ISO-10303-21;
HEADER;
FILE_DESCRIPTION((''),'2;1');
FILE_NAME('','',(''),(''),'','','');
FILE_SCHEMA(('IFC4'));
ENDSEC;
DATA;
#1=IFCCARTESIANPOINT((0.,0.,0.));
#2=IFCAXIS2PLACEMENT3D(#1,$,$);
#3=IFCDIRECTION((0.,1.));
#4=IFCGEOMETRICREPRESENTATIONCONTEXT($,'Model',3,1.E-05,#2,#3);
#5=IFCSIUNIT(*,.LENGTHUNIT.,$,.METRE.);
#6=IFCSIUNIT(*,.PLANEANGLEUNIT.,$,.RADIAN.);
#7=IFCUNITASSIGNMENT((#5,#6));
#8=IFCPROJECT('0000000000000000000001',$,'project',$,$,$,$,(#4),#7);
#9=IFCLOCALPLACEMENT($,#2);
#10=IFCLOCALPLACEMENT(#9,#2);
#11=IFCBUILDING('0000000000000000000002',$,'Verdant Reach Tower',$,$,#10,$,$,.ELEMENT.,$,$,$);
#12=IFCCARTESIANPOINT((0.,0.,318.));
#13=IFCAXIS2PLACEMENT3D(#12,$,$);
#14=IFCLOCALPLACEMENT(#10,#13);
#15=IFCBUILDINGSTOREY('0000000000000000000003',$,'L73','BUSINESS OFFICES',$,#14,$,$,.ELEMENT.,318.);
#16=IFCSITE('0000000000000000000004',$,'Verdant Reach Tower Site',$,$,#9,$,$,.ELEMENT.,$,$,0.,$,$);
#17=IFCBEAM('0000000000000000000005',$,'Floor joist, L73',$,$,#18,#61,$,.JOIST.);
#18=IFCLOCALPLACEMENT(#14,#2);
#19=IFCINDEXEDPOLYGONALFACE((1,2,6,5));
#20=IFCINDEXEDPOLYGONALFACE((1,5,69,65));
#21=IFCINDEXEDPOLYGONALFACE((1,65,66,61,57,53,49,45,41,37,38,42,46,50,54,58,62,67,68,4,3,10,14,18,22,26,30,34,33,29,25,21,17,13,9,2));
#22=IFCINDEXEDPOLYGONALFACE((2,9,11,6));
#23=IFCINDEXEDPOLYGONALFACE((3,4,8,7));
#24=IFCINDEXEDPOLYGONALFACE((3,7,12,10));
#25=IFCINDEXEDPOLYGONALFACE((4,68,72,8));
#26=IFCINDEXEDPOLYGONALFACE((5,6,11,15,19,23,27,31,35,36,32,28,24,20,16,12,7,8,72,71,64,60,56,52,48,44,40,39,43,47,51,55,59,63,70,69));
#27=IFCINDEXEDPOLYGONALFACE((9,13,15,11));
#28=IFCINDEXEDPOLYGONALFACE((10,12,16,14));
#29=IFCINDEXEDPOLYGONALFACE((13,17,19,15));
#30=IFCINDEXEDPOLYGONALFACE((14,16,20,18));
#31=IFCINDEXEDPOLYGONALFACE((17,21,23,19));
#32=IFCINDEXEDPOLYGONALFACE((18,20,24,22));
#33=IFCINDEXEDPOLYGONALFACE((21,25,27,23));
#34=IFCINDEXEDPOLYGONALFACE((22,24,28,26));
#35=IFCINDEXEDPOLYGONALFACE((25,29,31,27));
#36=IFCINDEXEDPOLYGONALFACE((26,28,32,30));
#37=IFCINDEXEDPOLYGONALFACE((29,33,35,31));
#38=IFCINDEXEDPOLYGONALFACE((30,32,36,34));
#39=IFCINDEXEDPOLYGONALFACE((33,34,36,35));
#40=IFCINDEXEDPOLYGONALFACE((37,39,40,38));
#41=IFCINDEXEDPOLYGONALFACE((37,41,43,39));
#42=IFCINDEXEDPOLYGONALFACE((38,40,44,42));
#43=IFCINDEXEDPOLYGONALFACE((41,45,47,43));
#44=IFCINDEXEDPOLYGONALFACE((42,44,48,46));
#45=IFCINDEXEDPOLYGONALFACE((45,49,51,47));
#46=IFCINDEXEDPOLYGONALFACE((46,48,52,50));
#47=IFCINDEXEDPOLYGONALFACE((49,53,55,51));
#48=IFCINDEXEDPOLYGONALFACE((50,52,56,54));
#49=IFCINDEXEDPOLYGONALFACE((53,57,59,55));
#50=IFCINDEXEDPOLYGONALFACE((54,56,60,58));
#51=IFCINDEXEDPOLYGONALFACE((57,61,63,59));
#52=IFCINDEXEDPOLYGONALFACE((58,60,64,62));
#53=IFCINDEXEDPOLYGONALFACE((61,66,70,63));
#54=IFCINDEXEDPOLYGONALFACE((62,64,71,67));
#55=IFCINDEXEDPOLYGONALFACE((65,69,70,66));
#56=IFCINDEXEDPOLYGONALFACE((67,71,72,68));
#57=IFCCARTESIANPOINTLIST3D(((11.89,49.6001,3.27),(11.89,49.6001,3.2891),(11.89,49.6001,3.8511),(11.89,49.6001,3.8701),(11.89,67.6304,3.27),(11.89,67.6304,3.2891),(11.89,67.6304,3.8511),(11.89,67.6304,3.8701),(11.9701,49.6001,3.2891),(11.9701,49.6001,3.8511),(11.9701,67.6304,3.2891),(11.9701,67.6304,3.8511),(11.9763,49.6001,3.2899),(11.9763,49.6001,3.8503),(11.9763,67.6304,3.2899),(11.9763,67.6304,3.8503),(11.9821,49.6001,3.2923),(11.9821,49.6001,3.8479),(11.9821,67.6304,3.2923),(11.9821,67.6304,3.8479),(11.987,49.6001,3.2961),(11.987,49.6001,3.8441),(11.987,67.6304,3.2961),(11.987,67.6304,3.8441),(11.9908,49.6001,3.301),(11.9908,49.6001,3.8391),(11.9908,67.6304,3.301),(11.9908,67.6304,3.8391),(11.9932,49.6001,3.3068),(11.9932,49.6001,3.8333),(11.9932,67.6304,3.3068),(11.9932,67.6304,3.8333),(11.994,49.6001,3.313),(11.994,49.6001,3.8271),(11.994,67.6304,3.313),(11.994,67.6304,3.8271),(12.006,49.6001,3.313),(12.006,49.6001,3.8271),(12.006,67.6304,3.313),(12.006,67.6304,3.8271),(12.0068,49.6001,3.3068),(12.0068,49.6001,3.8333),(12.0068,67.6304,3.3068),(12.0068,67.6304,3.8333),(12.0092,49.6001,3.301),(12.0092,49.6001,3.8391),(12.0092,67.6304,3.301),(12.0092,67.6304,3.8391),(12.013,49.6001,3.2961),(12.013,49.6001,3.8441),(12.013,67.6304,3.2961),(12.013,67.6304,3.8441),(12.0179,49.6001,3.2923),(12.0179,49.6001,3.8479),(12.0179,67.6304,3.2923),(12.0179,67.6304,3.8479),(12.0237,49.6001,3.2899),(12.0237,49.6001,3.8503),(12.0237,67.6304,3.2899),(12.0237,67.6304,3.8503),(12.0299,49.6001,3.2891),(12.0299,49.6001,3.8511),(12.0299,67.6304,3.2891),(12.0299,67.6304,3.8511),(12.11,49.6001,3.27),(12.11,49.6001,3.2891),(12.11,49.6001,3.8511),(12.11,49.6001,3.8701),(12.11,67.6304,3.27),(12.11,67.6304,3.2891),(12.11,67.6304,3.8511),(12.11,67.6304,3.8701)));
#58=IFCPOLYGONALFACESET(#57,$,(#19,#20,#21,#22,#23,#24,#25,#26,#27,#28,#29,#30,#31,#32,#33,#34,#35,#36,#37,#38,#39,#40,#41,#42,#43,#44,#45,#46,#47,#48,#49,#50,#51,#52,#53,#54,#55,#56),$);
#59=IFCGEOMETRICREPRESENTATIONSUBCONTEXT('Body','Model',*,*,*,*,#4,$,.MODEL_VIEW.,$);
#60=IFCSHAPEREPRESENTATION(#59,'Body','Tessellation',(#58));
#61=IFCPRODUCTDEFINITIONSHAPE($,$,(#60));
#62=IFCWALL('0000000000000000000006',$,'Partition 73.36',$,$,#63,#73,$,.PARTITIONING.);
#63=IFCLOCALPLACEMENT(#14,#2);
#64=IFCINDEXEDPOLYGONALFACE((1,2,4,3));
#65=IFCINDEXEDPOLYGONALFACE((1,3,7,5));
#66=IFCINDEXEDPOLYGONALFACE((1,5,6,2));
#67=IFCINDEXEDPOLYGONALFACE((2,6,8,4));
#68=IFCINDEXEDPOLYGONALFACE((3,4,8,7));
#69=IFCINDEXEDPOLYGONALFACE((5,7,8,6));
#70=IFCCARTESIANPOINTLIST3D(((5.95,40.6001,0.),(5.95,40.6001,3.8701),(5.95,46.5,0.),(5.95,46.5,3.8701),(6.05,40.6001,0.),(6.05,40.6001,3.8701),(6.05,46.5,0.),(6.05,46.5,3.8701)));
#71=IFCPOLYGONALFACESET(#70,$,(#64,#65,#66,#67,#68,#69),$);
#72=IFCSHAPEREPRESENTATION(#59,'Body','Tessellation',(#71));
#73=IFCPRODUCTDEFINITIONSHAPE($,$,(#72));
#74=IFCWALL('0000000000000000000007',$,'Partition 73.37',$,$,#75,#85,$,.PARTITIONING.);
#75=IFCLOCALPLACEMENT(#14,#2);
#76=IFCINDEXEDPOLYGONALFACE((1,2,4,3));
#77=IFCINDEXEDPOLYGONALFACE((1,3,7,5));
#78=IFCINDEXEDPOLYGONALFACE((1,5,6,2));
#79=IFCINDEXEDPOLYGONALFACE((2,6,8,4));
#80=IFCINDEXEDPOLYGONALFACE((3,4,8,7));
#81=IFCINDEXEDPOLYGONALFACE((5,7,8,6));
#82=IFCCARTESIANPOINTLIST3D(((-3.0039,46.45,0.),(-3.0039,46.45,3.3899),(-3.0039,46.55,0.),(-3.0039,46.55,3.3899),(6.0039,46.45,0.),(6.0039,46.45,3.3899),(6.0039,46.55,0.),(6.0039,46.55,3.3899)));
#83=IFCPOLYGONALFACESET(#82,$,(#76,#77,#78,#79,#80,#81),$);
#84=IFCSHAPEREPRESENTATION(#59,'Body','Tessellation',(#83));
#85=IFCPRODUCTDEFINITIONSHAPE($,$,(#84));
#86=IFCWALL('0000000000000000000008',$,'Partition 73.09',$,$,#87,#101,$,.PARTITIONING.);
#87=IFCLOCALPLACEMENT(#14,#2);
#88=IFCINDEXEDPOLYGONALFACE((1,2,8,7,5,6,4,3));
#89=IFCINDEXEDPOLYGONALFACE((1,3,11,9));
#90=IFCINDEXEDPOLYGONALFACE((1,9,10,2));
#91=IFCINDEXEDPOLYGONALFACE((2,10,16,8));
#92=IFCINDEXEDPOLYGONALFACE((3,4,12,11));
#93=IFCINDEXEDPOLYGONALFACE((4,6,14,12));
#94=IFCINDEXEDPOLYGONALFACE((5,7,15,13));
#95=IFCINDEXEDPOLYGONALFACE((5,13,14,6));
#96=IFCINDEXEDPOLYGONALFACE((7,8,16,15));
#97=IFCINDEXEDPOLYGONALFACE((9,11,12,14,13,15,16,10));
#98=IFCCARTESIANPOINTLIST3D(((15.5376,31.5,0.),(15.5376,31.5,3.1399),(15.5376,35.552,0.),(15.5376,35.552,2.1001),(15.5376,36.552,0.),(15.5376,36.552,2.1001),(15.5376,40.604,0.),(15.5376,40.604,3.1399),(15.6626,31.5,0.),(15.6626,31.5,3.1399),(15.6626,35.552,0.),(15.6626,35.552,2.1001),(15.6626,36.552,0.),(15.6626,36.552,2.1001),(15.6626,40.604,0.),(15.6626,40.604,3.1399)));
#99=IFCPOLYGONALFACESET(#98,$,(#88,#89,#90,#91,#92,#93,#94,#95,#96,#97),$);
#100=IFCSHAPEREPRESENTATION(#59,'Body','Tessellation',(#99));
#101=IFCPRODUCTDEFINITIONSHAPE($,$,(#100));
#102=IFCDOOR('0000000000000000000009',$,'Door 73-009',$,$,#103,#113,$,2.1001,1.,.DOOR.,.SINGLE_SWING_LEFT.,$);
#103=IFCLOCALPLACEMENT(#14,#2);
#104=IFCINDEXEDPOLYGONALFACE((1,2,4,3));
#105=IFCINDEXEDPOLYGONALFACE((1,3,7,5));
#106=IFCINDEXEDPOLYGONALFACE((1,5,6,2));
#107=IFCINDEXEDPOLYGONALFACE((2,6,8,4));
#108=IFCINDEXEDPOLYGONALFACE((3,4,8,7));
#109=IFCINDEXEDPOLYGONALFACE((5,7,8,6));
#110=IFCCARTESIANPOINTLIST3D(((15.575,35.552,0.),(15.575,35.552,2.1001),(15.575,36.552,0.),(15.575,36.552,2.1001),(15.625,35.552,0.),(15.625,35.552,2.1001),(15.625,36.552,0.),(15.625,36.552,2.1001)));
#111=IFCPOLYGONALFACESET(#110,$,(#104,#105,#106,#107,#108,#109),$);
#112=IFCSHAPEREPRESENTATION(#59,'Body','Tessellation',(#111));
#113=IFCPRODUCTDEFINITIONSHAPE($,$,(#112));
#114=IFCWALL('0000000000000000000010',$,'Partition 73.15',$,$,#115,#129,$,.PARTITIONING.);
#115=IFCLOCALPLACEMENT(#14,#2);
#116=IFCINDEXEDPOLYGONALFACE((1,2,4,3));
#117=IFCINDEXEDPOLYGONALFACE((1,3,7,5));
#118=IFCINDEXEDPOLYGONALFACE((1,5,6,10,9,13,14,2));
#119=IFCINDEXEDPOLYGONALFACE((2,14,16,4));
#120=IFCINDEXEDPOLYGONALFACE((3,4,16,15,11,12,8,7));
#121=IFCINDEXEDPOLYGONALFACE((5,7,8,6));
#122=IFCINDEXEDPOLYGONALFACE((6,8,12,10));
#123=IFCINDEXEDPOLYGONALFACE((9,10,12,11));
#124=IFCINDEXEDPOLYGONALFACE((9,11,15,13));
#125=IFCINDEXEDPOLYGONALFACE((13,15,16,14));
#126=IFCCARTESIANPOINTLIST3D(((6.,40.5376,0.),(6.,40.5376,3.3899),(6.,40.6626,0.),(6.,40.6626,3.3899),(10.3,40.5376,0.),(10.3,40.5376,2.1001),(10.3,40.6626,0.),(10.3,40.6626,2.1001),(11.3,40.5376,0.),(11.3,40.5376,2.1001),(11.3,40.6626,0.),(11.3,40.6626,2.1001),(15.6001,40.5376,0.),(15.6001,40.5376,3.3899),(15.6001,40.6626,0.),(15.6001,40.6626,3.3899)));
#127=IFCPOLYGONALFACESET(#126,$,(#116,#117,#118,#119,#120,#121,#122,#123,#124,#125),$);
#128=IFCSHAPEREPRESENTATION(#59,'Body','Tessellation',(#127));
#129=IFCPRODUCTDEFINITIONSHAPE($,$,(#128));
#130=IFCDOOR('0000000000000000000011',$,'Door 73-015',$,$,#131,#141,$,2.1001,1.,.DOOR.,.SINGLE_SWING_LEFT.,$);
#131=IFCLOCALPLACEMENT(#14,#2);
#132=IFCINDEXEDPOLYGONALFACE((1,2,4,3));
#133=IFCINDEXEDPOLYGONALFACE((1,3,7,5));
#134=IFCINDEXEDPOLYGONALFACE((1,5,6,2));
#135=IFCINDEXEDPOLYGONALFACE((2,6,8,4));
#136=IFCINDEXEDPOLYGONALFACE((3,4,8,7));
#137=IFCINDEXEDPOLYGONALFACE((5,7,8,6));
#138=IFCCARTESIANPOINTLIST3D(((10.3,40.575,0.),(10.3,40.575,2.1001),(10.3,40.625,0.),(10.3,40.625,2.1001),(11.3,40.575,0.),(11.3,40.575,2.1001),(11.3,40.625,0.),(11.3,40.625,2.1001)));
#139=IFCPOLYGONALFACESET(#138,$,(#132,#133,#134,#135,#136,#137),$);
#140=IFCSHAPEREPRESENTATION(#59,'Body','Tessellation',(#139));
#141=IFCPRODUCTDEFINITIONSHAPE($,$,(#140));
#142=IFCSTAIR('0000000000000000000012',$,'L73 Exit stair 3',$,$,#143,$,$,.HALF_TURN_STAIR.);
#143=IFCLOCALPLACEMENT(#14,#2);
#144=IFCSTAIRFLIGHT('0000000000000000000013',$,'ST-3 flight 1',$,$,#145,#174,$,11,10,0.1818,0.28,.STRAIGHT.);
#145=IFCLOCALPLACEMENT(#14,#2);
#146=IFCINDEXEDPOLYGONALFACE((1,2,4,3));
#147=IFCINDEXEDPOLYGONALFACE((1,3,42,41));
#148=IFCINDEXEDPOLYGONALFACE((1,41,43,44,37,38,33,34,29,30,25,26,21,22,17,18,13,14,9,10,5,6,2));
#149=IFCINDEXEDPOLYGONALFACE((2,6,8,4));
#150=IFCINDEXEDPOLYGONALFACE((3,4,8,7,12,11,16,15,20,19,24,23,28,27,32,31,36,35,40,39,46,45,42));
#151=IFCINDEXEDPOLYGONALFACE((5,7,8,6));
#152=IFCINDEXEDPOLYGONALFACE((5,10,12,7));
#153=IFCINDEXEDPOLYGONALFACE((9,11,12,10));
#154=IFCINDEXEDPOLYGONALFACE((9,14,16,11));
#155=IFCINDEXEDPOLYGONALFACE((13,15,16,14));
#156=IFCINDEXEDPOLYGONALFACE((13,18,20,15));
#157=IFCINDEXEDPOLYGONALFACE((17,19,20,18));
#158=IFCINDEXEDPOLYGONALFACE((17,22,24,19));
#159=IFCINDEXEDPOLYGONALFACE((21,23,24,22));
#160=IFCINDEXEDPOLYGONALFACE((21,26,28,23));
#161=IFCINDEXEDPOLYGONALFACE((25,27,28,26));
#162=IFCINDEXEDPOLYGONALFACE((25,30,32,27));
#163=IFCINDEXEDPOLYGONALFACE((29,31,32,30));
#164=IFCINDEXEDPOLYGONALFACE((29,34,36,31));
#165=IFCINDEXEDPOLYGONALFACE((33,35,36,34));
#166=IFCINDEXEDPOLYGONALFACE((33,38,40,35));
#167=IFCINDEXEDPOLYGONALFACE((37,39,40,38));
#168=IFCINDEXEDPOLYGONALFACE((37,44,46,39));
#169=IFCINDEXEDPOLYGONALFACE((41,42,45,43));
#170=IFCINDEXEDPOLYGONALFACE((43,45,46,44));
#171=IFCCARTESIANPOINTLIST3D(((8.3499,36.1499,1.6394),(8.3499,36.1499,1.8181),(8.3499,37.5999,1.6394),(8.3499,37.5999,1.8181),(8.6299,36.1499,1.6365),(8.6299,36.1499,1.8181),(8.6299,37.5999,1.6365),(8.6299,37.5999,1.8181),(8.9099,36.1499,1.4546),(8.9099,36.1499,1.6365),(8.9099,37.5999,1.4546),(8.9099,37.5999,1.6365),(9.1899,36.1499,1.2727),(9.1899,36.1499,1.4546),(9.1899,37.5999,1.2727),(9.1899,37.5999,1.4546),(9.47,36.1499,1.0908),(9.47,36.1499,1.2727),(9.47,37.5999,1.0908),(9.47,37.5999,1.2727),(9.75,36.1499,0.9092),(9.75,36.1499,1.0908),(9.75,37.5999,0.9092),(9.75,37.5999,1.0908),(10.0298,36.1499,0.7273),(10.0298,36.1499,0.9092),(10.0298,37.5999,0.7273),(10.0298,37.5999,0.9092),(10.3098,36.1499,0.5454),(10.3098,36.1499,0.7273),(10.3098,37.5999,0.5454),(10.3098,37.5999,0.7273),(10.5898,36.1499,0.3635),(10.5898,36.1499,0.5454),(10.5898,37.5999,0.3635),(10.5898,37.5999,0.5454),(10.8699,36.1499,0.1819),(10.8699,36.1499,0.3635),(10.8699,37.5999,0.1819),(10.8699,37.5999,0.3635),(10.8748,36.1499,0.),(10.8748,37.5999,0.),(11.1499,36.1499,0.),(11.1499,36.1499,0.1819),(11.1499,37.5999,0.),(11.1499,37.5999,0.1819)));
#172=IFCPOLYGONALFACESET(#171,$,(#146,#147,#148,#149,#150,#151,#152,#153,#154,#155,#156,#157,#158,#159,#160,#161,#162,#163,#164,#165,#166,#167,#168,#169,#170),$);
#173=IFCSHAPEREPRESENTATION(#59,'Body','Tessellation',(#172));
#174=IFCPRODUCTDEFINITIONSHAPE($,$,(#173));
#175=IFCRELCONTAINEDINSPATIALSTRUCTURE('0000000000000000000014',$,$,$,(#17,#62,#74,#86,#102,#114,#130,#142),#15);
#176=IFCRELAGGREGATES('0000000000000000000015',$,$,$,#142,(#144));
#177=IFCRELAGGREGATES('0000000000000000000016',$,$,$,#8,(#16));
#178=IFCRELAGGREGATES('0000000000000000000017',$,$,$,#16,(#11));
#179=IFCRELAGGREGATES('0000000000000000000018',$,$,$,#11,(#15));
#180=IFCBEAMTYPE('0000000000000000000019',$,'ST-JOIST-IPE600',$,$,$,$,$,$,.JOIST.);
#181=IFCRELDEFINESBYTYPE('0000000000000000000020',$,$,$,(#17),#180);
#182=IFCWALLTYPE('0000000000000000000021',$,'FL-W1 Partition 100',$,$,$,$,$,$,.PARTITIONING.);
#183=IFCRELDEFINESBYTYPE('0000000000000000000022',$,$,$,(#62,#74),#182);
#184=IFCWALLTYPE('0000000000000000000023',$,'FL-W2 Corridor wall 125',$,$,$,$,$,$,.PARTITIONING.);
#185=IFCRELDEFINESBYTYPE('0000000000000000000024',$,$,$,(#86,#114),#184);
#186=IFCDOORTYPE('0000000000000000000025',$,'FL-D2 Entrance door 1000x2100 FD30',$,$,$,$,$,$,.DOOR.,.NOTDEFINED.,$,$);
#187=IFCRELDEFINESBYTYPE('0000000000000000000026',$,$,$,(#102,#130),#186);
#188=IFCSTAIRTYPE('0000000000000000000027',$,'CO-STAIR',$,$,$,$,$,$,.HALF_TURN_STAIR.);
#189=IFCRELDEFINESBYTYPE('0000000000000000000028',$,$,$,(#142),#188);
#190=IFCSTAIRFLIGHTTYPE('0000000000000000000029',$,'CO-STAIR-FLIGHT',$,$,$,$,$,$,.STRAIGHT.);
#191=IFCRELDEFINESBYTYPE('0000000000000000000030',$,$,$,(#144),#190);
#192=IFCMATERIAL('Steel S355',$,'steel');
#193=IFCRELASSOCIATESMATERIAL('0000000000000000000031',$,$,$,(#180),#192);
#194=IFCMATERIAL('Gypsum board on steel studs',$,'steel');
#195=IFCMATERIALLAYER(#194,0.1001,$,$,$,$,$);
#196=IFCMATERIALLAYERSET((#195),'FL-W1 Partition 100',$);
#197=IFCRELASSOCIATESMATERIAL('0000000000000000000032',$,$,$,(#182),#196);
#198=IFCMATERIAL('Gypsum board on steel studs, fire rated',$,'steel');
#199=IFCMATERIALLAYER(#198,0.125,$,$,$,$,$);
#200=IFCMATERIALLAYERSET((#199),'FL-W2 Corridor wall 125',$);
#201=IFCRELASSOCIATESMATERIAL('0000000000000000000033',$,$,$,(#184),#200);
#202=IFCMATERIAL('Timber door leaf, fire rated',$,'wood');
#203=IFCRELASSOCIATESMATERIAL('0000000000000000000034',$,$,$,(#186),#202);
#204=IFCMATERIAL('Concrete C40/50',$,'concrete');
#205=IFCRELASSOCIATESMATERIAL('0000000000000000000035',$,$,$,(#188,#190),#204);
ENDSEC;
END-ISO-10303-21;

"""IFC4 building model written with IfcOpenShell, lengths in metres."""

from ifc_helpers import new_model, si_unit, direction, frame, frame_2d, origin, origin_2d, place, context, subcontext, project, spatial, polyline, rectangle, i_section, outline, extrude, material, layer, layer_set, material_profile, profile_set, type_object, element, fill, aggregate, save


model = new_model("IFC4")

# Units and contexts
model_context = context("Model", 3, precision=1e-05, world=origin(), true_north=direction((0.0, 1.0)))
body_context = subcontext(model_context, "Body", "Model", "MODEL_VIEW")
ifc_project = project(units=[si_unit("LENGTHUNIT", "METRE"), si_unit("PLANEANGLEUNIT", "RADIAN")], contexts=[model_context])

# Site, building, storey
site_placement = place(None, origin())
site = spatial("IfcSite", under=ifc_project, at=site_placement, Name="Verdant Reach Tower Site", CompositionType="ELEMENT", RefElevation=0.0)
building_placement = place(site_placement, origin())
building = spatial("IfcBuilding", under=site, at=building_placement, Name="Verdant Reach Tower", CompositionType="ELEMENT")
storey_placement = place(building_placement, frame((0.0, 0.0, 318.0)))
storey = spatial("IfcBuildingStorey", under=building, at=storey_placement, Name="L73", Description="BUSINESS OFFICES", CompositionType="ELEMENT", Elevation=318.0)

# Beam
ifc_material_1 = material(Name="Steel S355", Category="steel")
ifc_material_profile_1 = material_profile(ifc_material_1, i_section(OverallWidth=0.22, OverallDepth=0.6001, WebThickness=0.012, FlangeThickness=0.019, FilletRadius=0.0239, at=origin_2d()), Name="IPE 600")
ifc_profile_set_1 = profile_set([ifc_material_profile_1], Name="Steel S355")
beam_type_1 = type_object("IfcBeamType", Name="ST-JOIST-IPE600", PredefinedType="JOIST", material=ifc_profile_set_1)
beam_1_placement = place(storey_placement, frame((12.0, 49.6001, 3.5701), z_axis=(0.0, 1.0, 0.0), x_axis=(-1.0, 0.0, 0.0)))
element("IfcBeam", 1, at=beam_1_placement, inside=storey, type_object=beam_type_1, Name="Floor joist, L73", PredefinedType="JOIST", context=body_context, shape_type="SweptSolid", body=[
    extrude(i_section(OverallWidth=0.22, OverallDepth=0.6001, WebThickness=0.012, FlangeThickness=0.019, FilletRadius=0.0239, at=origin_2d()), origin(), (0.0, 0.0, 1.0), 18.0303),
])

# Walls
ifc_material_2 = material(Name="Gypsum board on steel studs", Category="steel")
ifc_layer_1 = layer(ifc_material_2, 0.1001)
ifc_layer_set_1 = layer_set([ifc_layer_1], Name="FL-W1 Partition 100")
wall_type_1 = type_object("IfcWallType", Name="FL-W1 Partition 100", PredefinedType="PARTITIONING", material=ifc_layer_set_1)
wall_1_placement = place(storey_placement, frame((6.0, 40.6001, 0.0), z_axis=(0.0, 0.0, 1.0), x_axis=(0.0, 1.0, 0.0)))
element("IfcWall", 2, at=wall_1_placement, inside=storey, type_object=wall_type_1, Name="Partition 73.36", PredefinedType="PARTITIONING", context=body_context, shape_type="SweptSolid", body=[
    extrude(rectangle(XDim=5.8999, YDim=0.1001, at=frame_2d((2.95, 0.0))), origin(), (0.0, 0.0, 1.0), 3.8701),
])
wall_2_placement = place(storey_placement, frame((6.0039, 46.5, 0.0), z_axis=(0.0, 0.0, 1.0), x_axis=(-1.0, 0.0, 0.0)))
element("IfcWall", 3, at=wall_2_placement, inside=storey, type_object=wall_type_1, Name="Partition 73.37", PredefinedType="PARTITIONING", context=body_context, shape_type="SweptSolid", body=[
    extrude(rectangle(XDim=9.0078, YDim=0.1001, at=frame_2d((4.5039, 0.0))), origin(), (0.0, 0.0, 1.0), 3.3899),
])

# Walls, openings, doors
ifc_material_3 = material(Name="Gypsum board on steel studs, fire rated", Category="steel")
ifc_layer_2 = layer(ifc_material_3, 0.125)
ifc_layer_set_2 = layer_set([ifc_layer_2], Name="FL-W2 Corridor wall 125")
wall_type_2 = type_object("IfcWallType", Name="FL-W2 Corridor wall 125", PredefinedType="PARTITIONING", material=ifc_layer_set_2)
wall_3_placement = place(storey_placement, frame((15.6001, 40.604, 0.0), z_axis=(0.0, 0.0, 1.0), x_axis=(0.0, -1.0, 0.0)))
wall_3 = element("IfcWall", 4, at=wall_3_placement, inside=storey, type_object=wall_type_2, Name="Partition 73.09", PredefinedType="PARTITIONING", context=body_context, shape_type="SweptSolid", body=[
    extrude(rectangle(XDim=9.104, YDim=0.125, at=frame_2d((4.552, 0.0))), origin(), (0.0, 0.0, 1.0), 3.1399),
])
opening_1_placement = place(wall_3_placement, frame((4.052, 0.0, 0.0)))
opening_1 = element("IfcOpeningElement", 5, at=opening_1_placement, cuts=wall_3, PredefinedType="OPENING", context=body_context, shape_type="SweptSolid", body=[
    extrude(rectangle(XDim=1.0, YDim=2.1001, at=frame_2d((0.5, 1.05))), frame((0.0, 0.0725, 0.0), z_axis=(0.0, -1.0, 0.0), x_axis=(1.0, 0.0, 0.0)), (0.0, 0.0, 1.0), 0.145),
])
ifc_material_4 = material(Name="Timber door leaf, fire rated", Category="wood")
door_type = type_object("IfcDoorType", Name="FL-D2 Entrance door 1000x2100 FD30", OperationType="NOTDEFINED", PredefinedType="DOOR", material=ifc_material_4)
door_1_placement = place(opening_1_placement, origin())
door_1 = element("IfcDoor", 6, at=door_1_placement, inside=storey, type_object=door_type, Name="Door 73-009", OperationType="SINGLE_SWING_LEFT", OverallHeight=2.1001, OverallWidth=1.0, PredefinedType="DOOR", context=body_context, shape_type="SweptSolid", body=[
    extrude(rectangle(XDim=1.0, YDim=2.1001, at=frame_2d((0.5, 1.05))), frame((0.0, 0.0249, 0.0), z_axis=(0.0, -1.0, 0.0), x_axis=(1.0, 0.0, 0.0)), (0.0, 0.0, 1.0), 0.05),
])
fill(opening_1, door_1)
wall_4_placement = place(storey_placement, frame((6.0, 40.6001, 0.0), z_axis=(0.0, 0.0, 1.0), x_axis=(1.0, 0.0, 0.0)))
wall_4 = element("IfcWall", 7, at=wall_4_placement, inside=storey, type_object=wall_type_2, Name="Partition 73.15", PredefinedType="PARTITIONING", context=body_context, shape_type="SweptSolid", body=[
    extrude(rectangle(XDim=9.6001, YDim=0.125, at=frame_2d((4.8, 0.0))), origin(), (0.0, 0.0, 1.0), 3.3899),
])
opening_2_placement = place(wall_4_placement, frame((4.3, 0.0, 0.0)))
opening_2 = element("IfcOpeningElement", 8, at=opening_2_placement, cuts=wall_4, PredefinedType="OPENING", context=body_context, shape_type="SweptSolid", body=[
    extrude(rectangle(XDim=1.0, YDim=2.1001, at=frame_2d((0.5, 1.05))), frame((0.0, 0.0725, 0.0), z_axis=(0.0, -1.0, 0.0), x_axis=(1.0, 0.0, 0.0)), (0.0, 0.0, 1.0), 0.145),
])
door_2_placement = place(opening_2_placement, origin())
door_2 = element("IfcDoor", 9, at=door_2_placement, inside=storey, type_object=door_type, Name="Door 73-015", OperationType="SINGLE_SWING_LEFT", OverallHeight=2.1001, OverallWidth=1.0, PredefinedType="DOOR", context=body_context, shape_type="SweptSolid", body=[
    extrude(rectangle(XDim=1.0, YDim=2.1001, at=frame_2d((0.5, 1.05))), frame((0.0, 0.0249, 0.0), z_axis=(0.0, -1.0, 0.0), x_axis=(1.0, 0.0, 0.0)), (0.0, 0.0, 1.0), 0.05),
])
fill(opening_2, door_2)

# Stair, stair flight
ifc_material_5 = material(Name="Concrete C40/50", Category="concrete")
stair_type = type_object("IfcStairType", Name="CO-STAIR", PredefinedType="HALF_TURN_STAIR", material=ifc_material_5)
stair_placement = place(storey_placement, origin())
stair = element("IfcStair", 10, at=stair_placement, inside=storey, type_object=stair_type, Name="L73 Exit stair 3", PredefinedType="HALF_TURN_STAIR")
stair_flight_type = type_object("IfcStairFlightType", Name="CO-STAIR-FLIGHT", PredefinedType="STRAIGHT", material=ifc_material_5)
stair_flight_1_placement = place(storey_placement, frame((11.1499, 36.875, 0.0), z_axis=(0.0, 0.0, 1.0), x_axis=(-1.0, 0.0, 0.0)))
stair_flight_1 = element("IfcStairFlight", 11, at=stair_flight_1_placement, type_object=stair_flight_type, Name="ST-3 flight 1", NumberOfRisers=11, NumberOfTreads=10, PredefinedType="STRAIGHT", RiserHeight=0.1818, TreadLength=0.28, context=body_context, shape_type="SweptSolid", body=[
    extrude(outline(polyline([(0.0, 0.0), (0.0, 0.1819), (0.28, 0.1819), (0.28, 0.3635), (0.5601, 0.3635), (0.5601, 0.5454), (0.8401, 0.5454), (0.8401, 0.7273), (1.1201, 0.7273), (1.1201, 0.9092), (1.3999, 0.9092), (1.3999, 1.0908), (1.6799, 1.0908), (1.6799, 1.2727), (1.96, 1.2727), (1.96, 1.4546), (2.24, 1.4546), (2.24, 1.6365), (2.52, 1.6365), (2.52, 1.8181), (2.8, 1.8181), (2.8, 2.0), (2.8, 1.6394), (0.2751, 0.0), (0.0, 0.0)])), frame((0.0, 0.7251, 0.0), z_axis=(0.0, -1.0, 0.0), x_axis=(1.0, 0.0, 0.0)), (0.0, 0.0, 1.0), 1.45),
])
aggregate(stair, [stair_flight_1])

save(model, "model.ifc")
